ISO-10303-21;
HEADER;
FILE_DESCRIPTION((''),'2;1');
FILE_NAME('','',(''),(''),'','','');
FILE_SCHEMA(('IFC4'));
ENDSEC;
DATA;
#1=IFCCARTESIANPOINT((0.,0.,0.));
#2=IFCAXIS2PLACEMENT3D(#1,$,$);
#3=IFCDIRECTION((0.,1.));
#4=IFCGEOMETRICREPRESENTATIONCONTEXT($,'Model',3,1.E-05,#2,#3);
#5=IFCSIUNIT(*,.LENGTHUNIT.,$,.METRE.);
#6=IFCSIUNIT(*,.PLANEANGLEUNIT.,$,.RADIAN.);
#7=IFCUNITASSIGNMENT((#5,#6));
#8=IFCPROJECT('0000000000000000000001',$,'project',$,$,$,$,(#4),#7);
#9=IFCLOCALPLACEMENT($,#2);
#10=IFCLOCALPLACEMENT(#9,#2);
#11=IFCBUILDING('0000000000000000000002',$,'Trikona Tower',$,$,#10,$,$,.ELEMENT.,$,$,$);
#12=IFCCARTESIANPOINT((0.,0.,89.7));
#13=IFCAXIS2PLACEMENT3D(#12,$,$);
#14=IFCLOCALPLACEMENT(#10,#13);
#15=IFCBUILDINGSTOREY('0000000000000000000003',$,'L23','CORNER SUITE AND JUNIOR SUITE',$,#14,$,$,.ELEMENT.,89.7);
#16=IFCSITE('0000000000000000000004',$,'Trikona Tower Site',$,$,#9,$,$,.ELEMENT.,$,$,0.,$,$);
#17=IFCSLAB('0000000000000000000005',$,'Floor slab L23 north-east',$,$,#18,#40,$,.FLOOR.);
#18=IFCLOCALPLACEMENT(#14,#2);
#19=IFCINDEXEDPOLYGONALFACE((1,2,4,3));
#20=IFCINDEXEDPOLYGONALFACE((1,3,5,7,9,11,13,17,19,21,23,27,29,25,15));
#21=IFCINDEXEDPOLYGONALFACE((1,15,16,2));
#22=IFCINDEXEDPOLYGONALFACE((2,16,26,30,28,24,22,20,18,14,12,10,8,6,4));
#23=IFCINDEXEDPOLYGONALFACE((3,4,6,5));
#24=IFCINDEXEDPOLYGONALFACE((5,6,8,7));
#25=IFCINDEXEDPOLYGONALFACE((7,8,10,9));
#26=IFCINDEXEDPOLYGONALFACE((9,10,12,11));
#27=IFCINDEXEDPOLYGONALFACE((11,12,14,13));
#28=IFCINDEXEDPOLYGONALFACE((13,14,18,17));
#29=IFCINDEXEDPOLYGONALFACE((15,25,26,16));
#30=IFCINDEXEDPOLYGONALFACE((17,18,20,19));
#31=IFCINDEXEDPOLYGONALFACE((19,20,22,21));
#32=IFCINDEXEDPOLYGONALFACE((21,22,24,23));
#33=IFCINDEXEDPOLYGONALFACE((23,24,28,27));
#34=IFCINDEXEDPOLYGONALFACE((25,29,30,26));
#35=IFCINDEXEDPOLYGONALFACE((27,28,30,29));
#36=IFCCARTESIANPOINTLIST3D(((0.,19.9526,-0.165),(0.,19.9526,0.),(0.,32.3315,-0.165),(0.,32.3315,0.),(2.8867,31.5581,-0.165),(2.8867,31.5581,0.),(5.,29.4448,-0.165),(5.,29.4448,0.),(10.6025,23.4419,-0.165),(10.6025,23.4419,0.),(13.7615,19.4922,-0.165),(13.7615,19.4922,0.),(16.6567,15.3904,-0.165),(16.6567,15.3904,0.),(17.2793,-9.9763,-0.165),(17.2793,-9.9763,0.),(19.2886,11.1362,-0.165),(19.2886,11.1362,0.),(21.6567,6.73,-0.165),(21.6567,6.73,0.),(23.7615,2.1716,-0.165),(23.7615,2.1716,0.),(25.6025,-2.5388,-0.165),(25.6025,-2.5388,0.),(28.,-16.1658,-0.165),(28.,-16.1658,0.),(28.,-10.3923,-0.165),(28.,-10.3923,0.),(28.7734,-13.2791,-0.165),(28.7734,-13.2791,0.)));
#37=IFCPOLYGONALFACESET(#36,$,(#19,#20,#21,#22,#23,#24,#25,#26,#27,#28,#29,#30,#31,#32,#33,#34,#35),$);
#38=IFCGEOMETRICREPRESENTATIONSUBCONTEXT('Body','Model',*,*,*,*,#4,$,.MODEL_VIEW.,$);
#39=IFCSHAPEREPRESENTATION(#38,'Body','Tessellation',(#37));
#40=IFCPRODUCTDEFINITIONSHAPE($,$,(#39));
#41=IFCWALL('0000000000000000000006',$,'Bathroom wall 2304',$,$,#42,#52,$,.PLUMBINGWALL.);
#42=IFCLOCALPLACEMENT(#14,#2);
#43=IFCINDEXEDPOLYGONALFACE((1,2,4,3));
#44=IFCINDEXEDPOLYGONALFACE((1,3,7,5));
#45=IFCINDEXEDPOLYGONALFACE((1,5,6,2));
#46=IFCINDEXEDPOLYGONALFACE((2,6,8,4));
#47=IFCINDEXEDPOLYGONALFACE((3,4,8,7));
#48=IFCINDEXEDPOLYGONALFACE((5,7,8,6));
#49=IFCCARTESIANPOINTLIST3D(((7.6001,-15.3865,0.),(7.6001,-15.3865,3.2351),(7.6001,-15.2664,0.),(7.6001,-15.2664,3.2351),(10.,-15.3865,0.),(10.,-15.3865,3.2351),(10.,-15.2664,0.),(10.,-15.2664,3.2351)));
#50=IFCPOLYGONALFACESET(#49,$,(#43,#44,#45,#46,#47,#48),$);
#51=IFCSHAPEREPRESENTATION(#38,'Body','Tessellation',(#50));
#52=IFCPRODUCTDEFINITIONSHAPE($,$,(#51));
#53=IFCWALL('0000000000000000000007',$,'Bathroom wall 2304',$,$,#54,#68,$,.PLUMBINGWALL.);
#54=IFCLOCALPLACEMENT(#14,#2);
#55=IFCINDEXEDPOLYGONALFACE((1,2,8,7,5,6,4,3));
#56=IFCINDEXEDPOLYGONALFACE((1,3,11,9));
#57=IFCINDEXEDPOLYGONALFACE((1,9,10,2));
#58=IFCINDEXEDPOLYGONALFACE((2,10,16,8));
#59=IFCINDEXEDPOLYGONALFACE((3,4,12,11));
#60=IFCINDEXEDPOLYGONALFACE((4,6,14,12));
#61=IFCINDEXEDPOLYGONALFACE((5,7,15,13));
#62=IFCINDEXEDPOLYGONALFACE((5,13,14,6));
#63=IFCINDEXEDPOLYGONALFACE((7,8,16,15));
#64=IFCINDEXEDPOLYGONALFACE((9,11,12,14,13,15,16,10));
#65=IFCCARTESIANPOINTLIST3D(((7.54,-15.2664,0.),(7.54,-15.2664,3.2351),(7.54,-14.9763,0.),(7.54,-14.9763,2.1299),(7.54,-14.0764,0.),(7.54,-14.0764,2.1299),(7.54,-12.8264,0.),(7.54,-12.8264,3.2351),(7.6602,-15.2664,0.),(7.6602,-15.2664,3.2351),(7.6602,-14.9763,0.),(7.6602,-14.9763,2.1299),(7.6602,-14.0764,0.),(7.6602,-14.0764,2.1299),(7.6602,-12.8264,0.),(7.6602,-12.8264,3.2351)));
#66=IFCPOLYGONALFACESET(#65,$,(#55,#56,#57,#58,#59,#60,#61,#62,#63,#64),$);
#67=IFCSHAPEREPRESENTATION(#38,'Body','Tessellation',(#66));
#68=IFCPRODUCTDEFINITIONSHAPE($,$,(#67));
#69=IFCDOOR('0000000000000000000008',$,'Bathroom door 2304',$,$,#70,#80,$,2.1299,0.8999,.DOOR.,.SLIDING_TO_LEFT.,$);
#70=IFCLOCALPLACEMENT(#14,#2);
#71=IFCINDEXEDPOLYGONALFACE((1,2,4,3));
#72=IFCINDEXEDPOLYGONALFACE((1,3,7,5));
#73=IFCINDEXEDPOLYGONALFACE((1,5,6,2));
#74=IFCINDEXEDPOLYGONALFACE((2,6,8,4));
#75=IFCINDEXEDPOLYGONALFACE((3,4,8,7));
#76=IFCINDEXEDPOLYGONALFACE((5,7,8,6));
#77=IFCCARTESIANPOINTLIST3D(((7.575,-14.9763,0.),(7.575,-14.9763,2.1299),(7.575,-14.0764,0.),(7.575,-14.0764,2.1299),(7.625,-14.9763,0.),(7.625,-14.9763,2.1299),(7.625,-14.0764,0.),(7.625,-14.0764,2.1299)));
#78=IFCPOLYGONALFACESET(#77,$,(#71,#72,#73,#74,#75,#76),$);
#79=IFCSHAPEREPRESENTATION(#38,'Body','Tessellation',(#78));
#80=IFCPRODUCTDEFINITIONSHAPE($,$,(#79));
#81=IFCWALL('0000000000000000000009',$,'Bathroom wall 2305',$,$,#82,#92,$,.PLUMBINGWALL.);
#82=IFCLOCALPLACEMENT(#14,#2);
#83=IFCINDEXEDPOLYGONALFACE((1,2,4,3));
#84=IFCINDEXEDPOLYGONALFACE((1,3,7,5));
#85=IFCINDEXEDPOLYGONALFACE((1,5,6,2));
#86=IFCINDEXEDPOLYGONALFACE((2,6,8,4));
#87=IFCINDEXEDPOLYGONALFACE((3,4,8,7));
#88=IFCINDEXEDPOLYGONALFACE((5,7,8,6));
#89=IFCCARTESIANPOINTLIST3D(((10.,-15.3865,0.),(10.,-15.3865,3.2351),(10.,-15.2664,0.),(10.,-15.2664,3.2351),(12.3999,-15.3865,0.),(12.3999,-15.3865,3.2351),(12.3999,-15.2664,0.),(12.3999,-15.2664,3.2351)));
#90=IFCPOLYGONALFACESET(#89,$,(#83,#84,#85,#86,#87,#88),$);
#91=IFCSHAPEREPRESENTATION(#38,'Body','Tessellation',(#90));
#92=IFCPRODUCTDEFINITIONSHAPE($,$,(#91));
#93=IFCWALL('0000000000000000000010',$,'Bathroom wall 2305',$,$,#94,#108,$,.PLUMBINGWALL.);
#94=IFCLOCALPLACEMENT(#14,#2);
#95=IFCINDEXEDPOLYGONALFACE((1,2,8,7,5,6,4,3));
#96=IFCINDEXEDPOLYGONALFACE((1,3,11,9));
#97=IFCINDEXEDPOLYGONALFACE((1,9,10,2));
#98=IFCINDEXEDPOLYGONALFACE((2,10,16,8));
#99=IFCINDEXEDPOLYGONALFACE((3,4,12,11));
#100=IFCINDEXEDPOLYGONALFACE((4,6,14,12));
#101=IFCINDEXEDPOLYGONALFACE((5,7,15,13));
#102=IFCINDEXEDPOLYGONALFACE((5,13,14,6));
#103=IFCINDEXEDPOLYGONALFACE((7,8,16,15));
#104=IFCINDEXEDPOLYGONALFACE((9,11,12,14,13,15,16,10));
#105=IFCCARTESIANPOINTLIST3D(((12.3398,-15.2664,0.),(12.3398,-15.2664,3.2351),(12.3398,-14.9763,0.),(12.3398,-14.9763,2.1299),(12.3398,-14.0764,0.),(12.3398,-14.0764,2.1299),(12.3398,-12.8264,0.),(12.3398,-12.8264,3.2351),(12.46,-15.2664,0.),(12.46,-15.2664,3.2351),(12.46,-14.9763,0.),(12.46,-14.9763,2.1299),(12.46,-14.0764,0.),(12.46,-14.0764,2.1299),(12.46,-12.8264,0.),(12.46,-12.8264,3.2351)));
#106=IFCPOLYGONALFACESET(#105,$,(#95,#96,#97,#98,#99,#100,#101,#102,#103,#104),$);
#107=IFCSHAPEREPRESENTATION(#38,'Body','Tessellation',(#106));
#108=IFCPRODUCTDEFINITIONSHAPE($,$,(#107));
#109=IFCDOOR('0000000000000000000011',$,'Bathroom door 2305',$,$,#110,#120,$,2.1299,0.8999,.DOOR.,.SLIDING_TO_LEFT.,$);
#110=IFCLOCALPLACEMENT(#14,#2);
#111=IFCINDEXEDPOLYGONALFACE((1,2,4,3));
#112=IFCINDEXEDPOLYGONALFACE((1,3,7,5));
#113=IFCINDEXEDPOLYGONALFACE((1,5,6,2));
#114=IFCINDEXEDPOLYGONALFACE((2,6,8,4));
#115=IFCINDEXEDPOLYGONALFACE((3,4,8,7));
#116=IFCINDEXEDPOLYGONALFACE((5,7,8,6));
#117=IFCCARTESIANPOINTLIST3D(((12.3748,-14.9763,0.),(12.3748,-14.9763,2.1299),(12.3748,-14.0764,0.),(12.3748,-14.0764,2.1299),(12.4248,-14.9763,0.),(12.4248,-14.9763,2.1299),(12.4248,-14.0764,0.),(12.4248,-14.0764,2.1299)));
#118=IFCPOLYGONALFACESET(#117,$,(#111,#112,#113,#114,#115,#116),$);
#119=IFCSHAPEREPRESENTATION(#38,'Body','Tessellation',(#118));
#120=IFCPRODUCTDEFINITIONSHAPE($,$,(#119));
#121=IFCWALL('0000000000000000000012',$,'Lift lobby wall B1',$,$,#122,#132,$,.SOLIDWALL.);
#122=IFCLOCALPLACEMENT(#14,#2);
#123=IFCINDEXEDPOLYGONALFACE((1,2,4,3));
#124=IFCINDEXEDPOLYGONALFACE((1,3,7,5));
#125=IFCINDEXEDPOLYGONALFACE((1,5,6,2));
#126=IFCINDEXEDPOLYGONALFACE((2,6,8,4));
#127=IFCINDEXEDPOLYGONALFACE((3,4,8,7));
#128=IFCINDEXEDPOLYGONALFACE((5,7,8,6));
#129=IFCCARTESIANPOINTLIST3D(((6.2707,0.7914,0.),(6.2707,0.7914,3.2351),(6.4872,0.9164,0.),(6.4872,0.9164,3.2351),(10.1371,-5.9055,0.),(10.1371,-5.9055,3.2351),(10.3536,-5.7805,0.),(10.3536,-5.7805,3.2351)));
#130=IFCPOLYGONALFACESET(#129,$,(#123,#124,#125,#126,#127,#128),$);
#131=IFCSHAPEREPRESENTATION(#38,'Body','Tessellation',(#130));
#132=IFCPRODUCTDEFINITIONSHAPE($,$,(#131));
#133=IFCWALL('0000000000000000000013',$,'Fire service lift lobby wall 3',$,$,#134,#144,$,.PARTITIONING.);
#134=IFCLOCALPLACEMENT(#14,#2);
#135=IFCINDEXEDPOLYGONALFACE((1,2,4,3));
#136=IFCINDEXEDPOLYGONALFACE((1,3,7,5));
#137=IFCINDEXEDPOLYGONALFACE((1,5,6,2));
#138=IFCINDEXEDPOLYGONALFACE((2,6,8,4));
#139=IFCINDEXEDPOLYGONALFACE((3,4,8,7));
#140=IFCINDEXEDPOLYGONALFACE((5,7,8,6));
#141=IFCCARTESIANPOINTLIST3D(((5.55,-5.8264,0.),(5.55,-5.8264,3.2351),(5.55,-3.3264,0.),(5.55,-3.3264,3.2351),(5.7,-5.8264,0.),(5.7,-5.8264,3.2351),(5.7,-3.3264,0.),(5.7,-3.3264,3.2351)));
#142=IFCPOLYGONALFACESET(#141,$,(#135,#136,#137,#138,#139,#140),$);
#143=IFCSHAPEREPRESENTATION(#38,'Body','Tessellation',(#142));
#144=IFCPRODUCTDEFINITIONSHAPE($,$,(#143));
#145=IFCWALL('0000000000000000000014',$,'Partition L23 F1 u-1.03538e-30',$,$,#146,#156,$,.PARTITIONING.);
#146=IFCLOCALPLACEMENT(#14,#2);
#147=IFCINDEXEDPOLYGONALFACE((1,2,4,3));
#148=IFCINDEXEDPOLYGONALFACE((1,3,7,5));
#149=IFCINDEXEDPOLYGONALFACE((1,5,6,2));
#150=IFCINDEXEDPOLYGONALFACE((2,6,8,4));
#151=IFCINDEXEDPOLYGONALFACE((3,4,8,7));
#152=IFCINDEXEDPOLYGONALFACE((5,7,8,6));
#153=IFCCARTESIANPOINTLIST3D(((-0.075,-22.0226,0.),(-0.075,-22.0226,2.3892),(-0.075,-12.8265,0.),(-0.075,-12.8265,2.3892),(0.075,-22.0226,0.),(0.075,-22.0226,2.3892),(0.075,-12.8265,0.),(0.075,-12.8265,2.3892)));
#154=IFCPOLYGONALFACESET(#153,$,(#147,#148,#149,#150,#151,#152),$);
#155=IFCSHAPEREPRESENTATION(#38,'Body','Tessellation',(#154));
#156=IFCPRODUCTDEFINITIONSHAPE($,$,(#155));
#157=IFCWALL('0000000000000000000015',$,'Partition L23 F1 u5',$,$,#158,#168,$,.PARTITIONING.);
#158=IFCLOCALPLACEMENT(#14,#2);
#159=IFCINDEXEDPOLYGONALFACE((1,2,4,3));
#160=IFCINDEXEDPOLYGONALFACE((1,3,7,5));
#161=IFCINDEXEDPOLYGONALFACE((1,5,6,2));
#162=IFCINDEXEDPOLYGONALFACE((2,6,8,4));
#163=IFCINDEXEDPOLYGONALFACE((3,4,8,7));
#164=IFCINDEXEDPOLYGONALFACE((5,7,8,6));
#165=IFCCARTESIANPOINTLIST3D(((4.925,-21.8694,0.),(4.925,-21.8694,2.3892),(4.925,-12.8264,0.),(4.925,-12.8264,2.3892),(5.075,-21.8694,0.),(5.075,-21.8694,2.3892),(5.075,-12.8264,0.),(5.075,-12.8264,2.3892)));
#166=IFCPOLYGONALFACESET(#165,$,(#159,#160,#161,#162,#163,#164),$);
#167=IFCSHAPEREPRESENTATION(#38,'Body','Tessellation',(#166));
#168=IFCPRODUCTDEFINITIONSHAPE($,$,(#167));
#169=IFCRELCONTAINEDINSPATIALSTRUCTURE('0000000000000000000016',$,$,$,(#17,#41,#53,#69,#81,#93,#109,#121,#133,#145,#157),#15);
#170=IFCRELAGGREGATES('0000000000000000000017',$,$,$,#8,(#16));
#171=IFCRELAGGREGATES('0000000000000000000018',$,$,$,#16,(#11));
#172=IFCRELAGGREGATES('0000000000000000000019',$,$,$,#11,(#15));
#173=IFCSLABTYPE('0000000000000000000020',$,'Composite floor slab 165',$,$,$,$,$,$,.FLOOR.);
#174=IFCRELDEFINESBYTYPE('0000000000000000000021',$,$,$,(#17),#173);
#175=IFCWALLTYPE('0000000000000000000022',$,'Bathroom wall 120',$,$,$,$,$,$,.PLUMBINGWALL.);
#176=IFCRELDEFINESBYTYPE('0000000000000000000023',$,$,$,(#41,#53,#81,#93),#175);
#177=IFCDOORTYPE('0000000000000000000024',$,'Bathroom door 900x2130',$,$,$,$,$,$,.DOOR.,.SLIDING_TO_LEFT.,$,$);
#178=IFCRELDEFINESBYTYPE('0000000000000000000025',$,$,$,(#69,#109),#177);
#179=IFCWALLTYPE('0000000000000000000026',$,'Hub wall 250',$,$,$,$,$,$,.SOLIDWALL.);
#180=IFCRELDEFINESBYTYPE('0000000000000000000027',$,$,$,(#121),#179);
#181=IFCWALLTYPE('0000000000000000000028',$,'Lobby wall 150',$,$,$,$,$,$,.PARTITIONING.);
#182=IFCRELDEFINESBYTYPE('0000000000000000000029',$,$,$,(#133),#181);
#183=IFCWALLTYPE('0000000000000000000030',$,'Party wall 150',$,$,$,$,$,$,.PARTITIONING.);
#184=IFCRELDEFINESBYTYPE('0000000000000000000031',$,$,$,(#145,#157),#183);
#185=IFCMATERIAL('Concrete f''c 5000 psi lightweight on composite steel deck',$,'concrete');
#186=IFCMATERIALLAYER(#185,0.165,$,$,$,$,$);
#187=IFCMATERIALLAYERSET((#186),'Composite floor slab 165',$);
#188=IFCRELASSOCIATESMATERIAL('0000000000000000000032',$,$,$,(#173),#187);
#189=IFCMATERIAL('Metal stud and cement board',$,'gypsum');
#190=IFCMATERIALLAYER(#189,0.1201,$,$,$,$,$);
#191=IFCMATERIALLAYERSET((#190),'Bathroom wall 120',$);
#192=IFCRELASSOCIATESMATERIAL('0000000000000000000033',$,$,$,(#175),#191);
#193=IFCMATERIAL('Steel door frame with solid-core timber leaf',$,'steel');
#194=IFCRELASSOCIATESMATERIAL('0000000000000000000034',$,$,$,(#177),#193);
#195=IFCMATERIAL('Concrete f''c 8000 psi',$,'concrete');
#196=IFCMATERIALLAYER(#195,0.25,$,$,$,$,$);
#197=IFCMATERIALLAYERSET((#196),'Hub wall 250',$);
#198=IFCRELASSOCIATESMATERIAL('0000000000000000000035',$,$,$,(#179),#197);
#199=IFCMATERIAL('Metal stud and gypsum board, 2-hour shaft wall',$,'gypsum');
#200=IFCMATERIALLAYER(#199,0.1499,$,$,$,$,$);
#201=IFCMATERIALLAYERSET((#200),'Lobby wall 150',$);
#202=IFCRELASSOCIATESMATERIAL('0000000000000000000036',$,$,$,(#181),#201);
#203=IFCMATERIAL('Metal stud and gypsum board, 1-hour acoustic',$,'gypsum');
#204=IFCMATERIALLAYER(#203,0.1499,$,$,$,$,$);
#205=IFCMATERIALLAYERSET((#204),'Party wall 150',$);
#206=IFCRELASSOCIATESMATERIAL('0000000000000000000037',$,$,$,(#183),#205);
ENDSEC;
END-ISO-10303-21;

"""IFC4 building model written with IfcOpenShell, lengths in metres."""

from ifc_helpers import new_model, si_unit, direction, frame, frame_2d, origin, place, context, subcontext, project, spatial, polyline, rectangle, outline, extrude, material, layer, layer_set, type_object, element, fill, save


model = new_model("IFC4")

# Units and contexts
model_context = context("Model", 3, precision=1e-05, world=origin(), true_north=direction((0.0, 1.0)))
body_context = subcontext(model_context, "Body", "Model", "MODEL_VIEW")
ifc_project = project(units=[si_unit("LENGTHUNIT", "METRE"), si_unit("PLANEANGLEUNIT", "RADIAN")], contexts=[model_context])

# Site, building, storey
site_placement = place(None, origin())
site = spatial("IfcSite", under=ifc_project, at=site_placement, Name="Trikona Tower Site", CompositionType="ELEMENT", RefElevation=0.0)
building_placement = place(site_placement, origin())
building = spatial("IfcBuilding", under=site, at=building_placement, Name="Trikona Tower", CompositionType="ELEMENT")
storey_placement = place(building_placement, frame((0.0, 0.0, 89.7)))
storey = spatial("IfcBuildingStorey", under=building, at=storey_placement, Name="L23", Description="CORNER SUITE AND JUNIOR SUITE", CompositionType="ELEMENT", Elevation=89.7)

# Slab
ifc_material_1 = material(Name="Concrete f'c 5000 psi lightweight on composite steel deck", Category="concrete")
ifc_layer_1 = layer(ifc_material_1, 0.165)
ifc_layer_set_1 = layer_set([ifc_layer_1], Name="Composite floor slab 165")
slab_type = type_object("IfcSlabType", Name="Composite floor slab 165", PredefinedType="FLOOR", material=ifc_layer_set_1)
slab_1_placement = place(storey_placement, frame((0.0, 0.0, -0.165)))
element("IfcSlab", 1, at=slab_1_placement, inside=storey, type_object=slab_type, Name="Floor slab L23 north-east", PredefinedType="FLOOR", context=body_context, shape_type="SweptSolid", body=[
    extrude(outline(polyline([(2.8867, 31.5581), (0.0, 32.3315), (0.0, 19.9526), (17.2793, -9.9763), (28.0, -16.1658), (28.7734, -13.2791), (28.0, -10.3923), (25.6025, -2.5388), (23.7615, 2.1716), (21.6567, 6.73), (19.2886, 11.1362), (16.6567, 15.3904), (13.7615, 19.4922), (10.6025, 23.4419), (5.0, 29.4448), (2.8867, 31.5581)])), origin(), (0.0, 0.0, 1.0), 0.165),
])

# Wall
ifc_material_2 = material(Name="Metal stud and cement board", Category="gypsum")
ifc_layer_2 = layer(ifc_material_2, 0.1201)
ifc_layer_set_2 = layer_set([ifc_layer_2], Name="Bathroom wall 120")
wall_type_1 = type_object("IfcWallType", Name="Bathroom wall 120", PredefinedType="PLUMBINGWALL", material=ifc_layer_set_2)
wall_1_placement = place(storey_placement, frame((7.6001, -15.3264, 0.0), z_axis=(0.0, 0.0, 1.0), x_axis=(1.0, 0.0, 0.0)))
element("IfcWall", 2, at=wall_1_placement, inside=storey, type_object=wall_type_1, Name="Bathroom wall 2304", PredefinedType="PLUMBINGWALL", context=body_context, shape_type="SweptSolid", body=[
    extrude(rectangle(XDim=2.3999, YDim=0.1201, at=frame_2d((1.2, 0.0))), origin(), (0.0, 0.0, 1.0), 3.2351),
])

# Wall, opening, door
wall_2_placement = place(storey_placement, frame((7.6001, -12.8264, 0.0), z_axis=(0.0, 0.0, 1.0), x_axis=(0.0, -1.0, 0.0)))
wall_2 = element("IfcWall", 3, at=wall_2_placement, inside=storey, type_object=wall_type_1, Name="Bathroom wall 2304", PredefinedType="PLUMBINGWALL", context=body_context, shape_type="SweptSolid", body=[
    extrude(rectangle(XDim=2.4399, YDim=0.1201, at=frame_2d((1.22, 0.0))), origin(), (0.0, 0.0, 1.0), 3.2351),
])
opening_1_placement = place(wall_2_placement, frame((1.25, 0.0, 0.0)))
opening_1 = element("IfcOpeningElement", 4, at=opening_1_placement, cuts=wall_2, PredefinedType="OPENING", context=body_context, shape_type="SweptSolid", body=[
    extrude(rectangle(XDim=0.8999, YDim=2.1299, at=frame_2d((0.45, 1.0649))), frame((0.0, 0.0701, 0.0), z_axis=(0.0, -1.0, 0.0), x_axis=(1.0, 0.0, 0.0)), (0.0, 0.0, 1.0), 0.1401),
])
ifc_material_3 = material(Name="Steel door frame with solid-core timber leaf", Category="steel")
door_type_1 = type_object("IfcDoorType", Name="Bathroom door 900x2130", OperationType="SLIDING_TO_LEFT", PredefinedType="DOOR", material=ifc_material_3)
door_1_placement = place(opening_1_placement, origin())
door_1 = element("IfcDoor", 5, at=door_1_placement, inside=storey, type_object=door_type_1, Name="Bathroom door 2304", OperationType="SLIDING_TO_LEFT", OverallHeight=2.1299, OverallWidth=0.8999, PredefinedType="DOOR", context=body_context, shape_type="SweptSolid", body=[
    extrude(rectangle(XDim=0.8999, YDim=2.1299, at=frame_2d((0.45, 1.0649))), frame((0.0, 0.0249, 0.0), z_axis=(0.0, -1.0, 0.0), x_axis=(1.0, 0.0, 0.0)), (0.0, 0.0, 1.0), 0.05),
])
fill(opening_1, door_1)

# Wall
wall_3_placement = place(storey_placement, frame((10.0, -15.3264, 0.0), z_axis=(0.0, 0.0, 1.0), x_axis=(1.0, 0.0, 0.0)))
element("IfcWall", 6, at=wall_3_placement, inside=storey, type_object=wall_type_1, Name="Bathroom wall 2305", PredefinedType="PLUMBINGWALL", context=body_context, shape_type="SweptSolid", body=[
    extrude(rectangle(XDim=2.3999, YDim=0.1201, at=frame_2d((1.2, 0.0))), origin(), (0.0, 0.0, 1.0), 3.2351),
])

# Wall, opening, door
wall_4_placement = place(storey_placement, frame((12.3999, -12.8264, 0.0), z_axis=(0.0, 0.0, 1.0), x_axis=(0.0, -1.0, 0.0)))
wall_4 = element("IfcWall", 7, at=wall_4_placement, inside=storey, type_object=wall_type_1, Name="Bathroom wall 2305", PredefinedType="PLUMBINGWALL", context=body_context, shape_type="SweptSolid", body=[
    extrude(rectangle(XDim=2.4399, YDim=0.1201, at=frame_2d((1.22, 0.0))), origin(), (0.0, 0.0, 1.0), 3.2351),
])
opening_2_placement = place(wall_4_placement, frame((1.25, 0.0, 0.0)))
opening_2 = element("IfcOpeningElement", 8, at=opening_2_placement, cuts=wall_4, PredefinedType="OPENING", context=body_context, shape_type="SweptSolid", body=[
    extrude(rectangle(XDim=0.8999, YDim=2.1299, at=frame_2d((0.45, 1.0649))), frame((0.0, 0.0701, 0.0), z_axis=(0.0, -1.0, 0.0), x_axis=(1.0, 0.0, 0.0)), (0.0, 0.0, 1.0), 0.1401),
])
door_2_placement = place(opening_2_placement, origin())
door_2 = element("IfcDoor", 9, at=door_2_placement, inside=storey, type_object=door_type_1, Name="Bathroom door 2305", OperationType="SLIDING_TO_LEFT", OverallHeight=2.1299, OverallWidth=0.8999, PredefinedType="DOOR", context=body_context, shape_type="SweptSolid", body=[
    extrude(rectangle(XDim=0.8999, YDim=2.1299, at=frame_2d((0.45, 1.0649))), frame((0.0, 0.0249, 0.0), z_axis=(0.0, -1.0, 0.0), x_axis=(1.0, 0.0, 0.0)), (0.0, 0.0, 1.0), 0.05),
])
fill(opening_2, door_2)

# Walls
ifc_material_4 = material(Name="Concrete f'c 8000 psi", Category="concrete")
ifc_layer_3 = layer(ifc_material_4, 0.25)
ifc_layer_set_3 = layer_set([ifc_layer_3], Name="Hub wall 250")
wall_type_2 = type_object("IfcWallType", Name="Hub wall 250", PredefinedType="SOLIDWALL", material=ifc_layer_set_3)
wall_5_placement = place(storey_placement, frame((10.2454, -5.843, 0.0), z_axis=(0.0, 0.0, 1.0), x_axis=(-0.499993, 0.866029, 0.0)))
element("IfcWall", 10, at=wall_5_placement, inside=storey, type_object=wall_type_2, Name="Lift lobby wall B1", PredefinedType="SOLIDWALL", context=body_context, shape_type="SweptSolid", body=[
    extrude(rectangle(XDim=7.7329, YDim=0.25, at=frame_2d((3.8665, 0.0))), origin(), (0.0, 0.0, 1.0), 3.2351),
])
ifc_material_5 = material(Name="Metal stud and gypsum board, 2-hour shaft wall", Category="gypsum")
ifc_layer_4 = layer(ifc_material_5, 0.1499)
ifc_layer_set_4 = layer_set([ifc_layer_4], Name="Lobby wall 150")
wall_type_3 = type_object("IfcWallType", Name="Lobby wall 150", PredefinedType="PARTITIONING", material=ifc_layer_set_4)
wall_6_placement = place(storey_placement, frame((5.625, -5.8264, 0.0), z_axis=(0.0, 0.0, 1.0), x_axis=(0.0, 1.0, 0.0)))
element("IfcWall", 11, at=wall_6_placement, inside=storey, type_object=wall_type_3, Name="Fire service lift lobby wall 3", PredefinedType="PARTITIONING", context=body_context, shape_type="SweptSolid", body=[
    extrude(rectangle(XDim=2.5, YDim=0.1499, at=frame_2d((1.25, 0.0))), origin(), (0.0, 0.0, 1.0), 3.2351),
])
ifc_material_6 = material(Name="Metal stud and gypsum board, 1-hour acoustic", Category="gypsum")
ifc_layer_5 = layer(ifc_material_6, 0.1499)
ifc_layer_set_5 = layer_set([ifc_layer_5], Name="Party wall 150")
wall_type_4 = type_object("IfcWallType", Name="Party wall 150", PredefinedType="PARTITIONING", material=ifc_layer_set_5)
wall_7_placement = place(storey_placement, frame((0.0, -12.8264, 0.0), z_axis=(0.0, 0.0, 1.0), x_axis=(0.0, -1.0, 0.0)))
element("IfcWall", 12, at=wall_7_placement, inside=storey, type_object=wall_type_4, Name="Partition L23 F1 u-1.03538e-30", PredefinedType="PARTITIONING", context=body_context, shape_type="SweptSolid", body=[
    extrude(rectangle(XDim=9.196, YDim=0.1499, at=frame_2d((4.5981, 0.0))), origin(), (0.0, 0.0, 1.0), 2.3892),
])
wall_8_placement = place(storey_placement, frame((5.0, -12.8264, 0.0), z_axis=(0.0, 0.0, 1.0), x_axis=(0.0, -1.0, 0.0)))
element("IfcWall", 13, at=wall_8_placement, inside=storey, type_object=wall_type_4, Name="Partition L23 F1 u5", PredefinedType="PARTITIONING", context=body_context, shape_type="SweptSolid", body=[
    extrude(rectangle(XDim=9.043, YDim=0.1499, at=frame_2d((4.5215, 0.0))), origin(), (0.0, 0.0, 1.0), 2.3892),
])

save(model, "model.ifc")
